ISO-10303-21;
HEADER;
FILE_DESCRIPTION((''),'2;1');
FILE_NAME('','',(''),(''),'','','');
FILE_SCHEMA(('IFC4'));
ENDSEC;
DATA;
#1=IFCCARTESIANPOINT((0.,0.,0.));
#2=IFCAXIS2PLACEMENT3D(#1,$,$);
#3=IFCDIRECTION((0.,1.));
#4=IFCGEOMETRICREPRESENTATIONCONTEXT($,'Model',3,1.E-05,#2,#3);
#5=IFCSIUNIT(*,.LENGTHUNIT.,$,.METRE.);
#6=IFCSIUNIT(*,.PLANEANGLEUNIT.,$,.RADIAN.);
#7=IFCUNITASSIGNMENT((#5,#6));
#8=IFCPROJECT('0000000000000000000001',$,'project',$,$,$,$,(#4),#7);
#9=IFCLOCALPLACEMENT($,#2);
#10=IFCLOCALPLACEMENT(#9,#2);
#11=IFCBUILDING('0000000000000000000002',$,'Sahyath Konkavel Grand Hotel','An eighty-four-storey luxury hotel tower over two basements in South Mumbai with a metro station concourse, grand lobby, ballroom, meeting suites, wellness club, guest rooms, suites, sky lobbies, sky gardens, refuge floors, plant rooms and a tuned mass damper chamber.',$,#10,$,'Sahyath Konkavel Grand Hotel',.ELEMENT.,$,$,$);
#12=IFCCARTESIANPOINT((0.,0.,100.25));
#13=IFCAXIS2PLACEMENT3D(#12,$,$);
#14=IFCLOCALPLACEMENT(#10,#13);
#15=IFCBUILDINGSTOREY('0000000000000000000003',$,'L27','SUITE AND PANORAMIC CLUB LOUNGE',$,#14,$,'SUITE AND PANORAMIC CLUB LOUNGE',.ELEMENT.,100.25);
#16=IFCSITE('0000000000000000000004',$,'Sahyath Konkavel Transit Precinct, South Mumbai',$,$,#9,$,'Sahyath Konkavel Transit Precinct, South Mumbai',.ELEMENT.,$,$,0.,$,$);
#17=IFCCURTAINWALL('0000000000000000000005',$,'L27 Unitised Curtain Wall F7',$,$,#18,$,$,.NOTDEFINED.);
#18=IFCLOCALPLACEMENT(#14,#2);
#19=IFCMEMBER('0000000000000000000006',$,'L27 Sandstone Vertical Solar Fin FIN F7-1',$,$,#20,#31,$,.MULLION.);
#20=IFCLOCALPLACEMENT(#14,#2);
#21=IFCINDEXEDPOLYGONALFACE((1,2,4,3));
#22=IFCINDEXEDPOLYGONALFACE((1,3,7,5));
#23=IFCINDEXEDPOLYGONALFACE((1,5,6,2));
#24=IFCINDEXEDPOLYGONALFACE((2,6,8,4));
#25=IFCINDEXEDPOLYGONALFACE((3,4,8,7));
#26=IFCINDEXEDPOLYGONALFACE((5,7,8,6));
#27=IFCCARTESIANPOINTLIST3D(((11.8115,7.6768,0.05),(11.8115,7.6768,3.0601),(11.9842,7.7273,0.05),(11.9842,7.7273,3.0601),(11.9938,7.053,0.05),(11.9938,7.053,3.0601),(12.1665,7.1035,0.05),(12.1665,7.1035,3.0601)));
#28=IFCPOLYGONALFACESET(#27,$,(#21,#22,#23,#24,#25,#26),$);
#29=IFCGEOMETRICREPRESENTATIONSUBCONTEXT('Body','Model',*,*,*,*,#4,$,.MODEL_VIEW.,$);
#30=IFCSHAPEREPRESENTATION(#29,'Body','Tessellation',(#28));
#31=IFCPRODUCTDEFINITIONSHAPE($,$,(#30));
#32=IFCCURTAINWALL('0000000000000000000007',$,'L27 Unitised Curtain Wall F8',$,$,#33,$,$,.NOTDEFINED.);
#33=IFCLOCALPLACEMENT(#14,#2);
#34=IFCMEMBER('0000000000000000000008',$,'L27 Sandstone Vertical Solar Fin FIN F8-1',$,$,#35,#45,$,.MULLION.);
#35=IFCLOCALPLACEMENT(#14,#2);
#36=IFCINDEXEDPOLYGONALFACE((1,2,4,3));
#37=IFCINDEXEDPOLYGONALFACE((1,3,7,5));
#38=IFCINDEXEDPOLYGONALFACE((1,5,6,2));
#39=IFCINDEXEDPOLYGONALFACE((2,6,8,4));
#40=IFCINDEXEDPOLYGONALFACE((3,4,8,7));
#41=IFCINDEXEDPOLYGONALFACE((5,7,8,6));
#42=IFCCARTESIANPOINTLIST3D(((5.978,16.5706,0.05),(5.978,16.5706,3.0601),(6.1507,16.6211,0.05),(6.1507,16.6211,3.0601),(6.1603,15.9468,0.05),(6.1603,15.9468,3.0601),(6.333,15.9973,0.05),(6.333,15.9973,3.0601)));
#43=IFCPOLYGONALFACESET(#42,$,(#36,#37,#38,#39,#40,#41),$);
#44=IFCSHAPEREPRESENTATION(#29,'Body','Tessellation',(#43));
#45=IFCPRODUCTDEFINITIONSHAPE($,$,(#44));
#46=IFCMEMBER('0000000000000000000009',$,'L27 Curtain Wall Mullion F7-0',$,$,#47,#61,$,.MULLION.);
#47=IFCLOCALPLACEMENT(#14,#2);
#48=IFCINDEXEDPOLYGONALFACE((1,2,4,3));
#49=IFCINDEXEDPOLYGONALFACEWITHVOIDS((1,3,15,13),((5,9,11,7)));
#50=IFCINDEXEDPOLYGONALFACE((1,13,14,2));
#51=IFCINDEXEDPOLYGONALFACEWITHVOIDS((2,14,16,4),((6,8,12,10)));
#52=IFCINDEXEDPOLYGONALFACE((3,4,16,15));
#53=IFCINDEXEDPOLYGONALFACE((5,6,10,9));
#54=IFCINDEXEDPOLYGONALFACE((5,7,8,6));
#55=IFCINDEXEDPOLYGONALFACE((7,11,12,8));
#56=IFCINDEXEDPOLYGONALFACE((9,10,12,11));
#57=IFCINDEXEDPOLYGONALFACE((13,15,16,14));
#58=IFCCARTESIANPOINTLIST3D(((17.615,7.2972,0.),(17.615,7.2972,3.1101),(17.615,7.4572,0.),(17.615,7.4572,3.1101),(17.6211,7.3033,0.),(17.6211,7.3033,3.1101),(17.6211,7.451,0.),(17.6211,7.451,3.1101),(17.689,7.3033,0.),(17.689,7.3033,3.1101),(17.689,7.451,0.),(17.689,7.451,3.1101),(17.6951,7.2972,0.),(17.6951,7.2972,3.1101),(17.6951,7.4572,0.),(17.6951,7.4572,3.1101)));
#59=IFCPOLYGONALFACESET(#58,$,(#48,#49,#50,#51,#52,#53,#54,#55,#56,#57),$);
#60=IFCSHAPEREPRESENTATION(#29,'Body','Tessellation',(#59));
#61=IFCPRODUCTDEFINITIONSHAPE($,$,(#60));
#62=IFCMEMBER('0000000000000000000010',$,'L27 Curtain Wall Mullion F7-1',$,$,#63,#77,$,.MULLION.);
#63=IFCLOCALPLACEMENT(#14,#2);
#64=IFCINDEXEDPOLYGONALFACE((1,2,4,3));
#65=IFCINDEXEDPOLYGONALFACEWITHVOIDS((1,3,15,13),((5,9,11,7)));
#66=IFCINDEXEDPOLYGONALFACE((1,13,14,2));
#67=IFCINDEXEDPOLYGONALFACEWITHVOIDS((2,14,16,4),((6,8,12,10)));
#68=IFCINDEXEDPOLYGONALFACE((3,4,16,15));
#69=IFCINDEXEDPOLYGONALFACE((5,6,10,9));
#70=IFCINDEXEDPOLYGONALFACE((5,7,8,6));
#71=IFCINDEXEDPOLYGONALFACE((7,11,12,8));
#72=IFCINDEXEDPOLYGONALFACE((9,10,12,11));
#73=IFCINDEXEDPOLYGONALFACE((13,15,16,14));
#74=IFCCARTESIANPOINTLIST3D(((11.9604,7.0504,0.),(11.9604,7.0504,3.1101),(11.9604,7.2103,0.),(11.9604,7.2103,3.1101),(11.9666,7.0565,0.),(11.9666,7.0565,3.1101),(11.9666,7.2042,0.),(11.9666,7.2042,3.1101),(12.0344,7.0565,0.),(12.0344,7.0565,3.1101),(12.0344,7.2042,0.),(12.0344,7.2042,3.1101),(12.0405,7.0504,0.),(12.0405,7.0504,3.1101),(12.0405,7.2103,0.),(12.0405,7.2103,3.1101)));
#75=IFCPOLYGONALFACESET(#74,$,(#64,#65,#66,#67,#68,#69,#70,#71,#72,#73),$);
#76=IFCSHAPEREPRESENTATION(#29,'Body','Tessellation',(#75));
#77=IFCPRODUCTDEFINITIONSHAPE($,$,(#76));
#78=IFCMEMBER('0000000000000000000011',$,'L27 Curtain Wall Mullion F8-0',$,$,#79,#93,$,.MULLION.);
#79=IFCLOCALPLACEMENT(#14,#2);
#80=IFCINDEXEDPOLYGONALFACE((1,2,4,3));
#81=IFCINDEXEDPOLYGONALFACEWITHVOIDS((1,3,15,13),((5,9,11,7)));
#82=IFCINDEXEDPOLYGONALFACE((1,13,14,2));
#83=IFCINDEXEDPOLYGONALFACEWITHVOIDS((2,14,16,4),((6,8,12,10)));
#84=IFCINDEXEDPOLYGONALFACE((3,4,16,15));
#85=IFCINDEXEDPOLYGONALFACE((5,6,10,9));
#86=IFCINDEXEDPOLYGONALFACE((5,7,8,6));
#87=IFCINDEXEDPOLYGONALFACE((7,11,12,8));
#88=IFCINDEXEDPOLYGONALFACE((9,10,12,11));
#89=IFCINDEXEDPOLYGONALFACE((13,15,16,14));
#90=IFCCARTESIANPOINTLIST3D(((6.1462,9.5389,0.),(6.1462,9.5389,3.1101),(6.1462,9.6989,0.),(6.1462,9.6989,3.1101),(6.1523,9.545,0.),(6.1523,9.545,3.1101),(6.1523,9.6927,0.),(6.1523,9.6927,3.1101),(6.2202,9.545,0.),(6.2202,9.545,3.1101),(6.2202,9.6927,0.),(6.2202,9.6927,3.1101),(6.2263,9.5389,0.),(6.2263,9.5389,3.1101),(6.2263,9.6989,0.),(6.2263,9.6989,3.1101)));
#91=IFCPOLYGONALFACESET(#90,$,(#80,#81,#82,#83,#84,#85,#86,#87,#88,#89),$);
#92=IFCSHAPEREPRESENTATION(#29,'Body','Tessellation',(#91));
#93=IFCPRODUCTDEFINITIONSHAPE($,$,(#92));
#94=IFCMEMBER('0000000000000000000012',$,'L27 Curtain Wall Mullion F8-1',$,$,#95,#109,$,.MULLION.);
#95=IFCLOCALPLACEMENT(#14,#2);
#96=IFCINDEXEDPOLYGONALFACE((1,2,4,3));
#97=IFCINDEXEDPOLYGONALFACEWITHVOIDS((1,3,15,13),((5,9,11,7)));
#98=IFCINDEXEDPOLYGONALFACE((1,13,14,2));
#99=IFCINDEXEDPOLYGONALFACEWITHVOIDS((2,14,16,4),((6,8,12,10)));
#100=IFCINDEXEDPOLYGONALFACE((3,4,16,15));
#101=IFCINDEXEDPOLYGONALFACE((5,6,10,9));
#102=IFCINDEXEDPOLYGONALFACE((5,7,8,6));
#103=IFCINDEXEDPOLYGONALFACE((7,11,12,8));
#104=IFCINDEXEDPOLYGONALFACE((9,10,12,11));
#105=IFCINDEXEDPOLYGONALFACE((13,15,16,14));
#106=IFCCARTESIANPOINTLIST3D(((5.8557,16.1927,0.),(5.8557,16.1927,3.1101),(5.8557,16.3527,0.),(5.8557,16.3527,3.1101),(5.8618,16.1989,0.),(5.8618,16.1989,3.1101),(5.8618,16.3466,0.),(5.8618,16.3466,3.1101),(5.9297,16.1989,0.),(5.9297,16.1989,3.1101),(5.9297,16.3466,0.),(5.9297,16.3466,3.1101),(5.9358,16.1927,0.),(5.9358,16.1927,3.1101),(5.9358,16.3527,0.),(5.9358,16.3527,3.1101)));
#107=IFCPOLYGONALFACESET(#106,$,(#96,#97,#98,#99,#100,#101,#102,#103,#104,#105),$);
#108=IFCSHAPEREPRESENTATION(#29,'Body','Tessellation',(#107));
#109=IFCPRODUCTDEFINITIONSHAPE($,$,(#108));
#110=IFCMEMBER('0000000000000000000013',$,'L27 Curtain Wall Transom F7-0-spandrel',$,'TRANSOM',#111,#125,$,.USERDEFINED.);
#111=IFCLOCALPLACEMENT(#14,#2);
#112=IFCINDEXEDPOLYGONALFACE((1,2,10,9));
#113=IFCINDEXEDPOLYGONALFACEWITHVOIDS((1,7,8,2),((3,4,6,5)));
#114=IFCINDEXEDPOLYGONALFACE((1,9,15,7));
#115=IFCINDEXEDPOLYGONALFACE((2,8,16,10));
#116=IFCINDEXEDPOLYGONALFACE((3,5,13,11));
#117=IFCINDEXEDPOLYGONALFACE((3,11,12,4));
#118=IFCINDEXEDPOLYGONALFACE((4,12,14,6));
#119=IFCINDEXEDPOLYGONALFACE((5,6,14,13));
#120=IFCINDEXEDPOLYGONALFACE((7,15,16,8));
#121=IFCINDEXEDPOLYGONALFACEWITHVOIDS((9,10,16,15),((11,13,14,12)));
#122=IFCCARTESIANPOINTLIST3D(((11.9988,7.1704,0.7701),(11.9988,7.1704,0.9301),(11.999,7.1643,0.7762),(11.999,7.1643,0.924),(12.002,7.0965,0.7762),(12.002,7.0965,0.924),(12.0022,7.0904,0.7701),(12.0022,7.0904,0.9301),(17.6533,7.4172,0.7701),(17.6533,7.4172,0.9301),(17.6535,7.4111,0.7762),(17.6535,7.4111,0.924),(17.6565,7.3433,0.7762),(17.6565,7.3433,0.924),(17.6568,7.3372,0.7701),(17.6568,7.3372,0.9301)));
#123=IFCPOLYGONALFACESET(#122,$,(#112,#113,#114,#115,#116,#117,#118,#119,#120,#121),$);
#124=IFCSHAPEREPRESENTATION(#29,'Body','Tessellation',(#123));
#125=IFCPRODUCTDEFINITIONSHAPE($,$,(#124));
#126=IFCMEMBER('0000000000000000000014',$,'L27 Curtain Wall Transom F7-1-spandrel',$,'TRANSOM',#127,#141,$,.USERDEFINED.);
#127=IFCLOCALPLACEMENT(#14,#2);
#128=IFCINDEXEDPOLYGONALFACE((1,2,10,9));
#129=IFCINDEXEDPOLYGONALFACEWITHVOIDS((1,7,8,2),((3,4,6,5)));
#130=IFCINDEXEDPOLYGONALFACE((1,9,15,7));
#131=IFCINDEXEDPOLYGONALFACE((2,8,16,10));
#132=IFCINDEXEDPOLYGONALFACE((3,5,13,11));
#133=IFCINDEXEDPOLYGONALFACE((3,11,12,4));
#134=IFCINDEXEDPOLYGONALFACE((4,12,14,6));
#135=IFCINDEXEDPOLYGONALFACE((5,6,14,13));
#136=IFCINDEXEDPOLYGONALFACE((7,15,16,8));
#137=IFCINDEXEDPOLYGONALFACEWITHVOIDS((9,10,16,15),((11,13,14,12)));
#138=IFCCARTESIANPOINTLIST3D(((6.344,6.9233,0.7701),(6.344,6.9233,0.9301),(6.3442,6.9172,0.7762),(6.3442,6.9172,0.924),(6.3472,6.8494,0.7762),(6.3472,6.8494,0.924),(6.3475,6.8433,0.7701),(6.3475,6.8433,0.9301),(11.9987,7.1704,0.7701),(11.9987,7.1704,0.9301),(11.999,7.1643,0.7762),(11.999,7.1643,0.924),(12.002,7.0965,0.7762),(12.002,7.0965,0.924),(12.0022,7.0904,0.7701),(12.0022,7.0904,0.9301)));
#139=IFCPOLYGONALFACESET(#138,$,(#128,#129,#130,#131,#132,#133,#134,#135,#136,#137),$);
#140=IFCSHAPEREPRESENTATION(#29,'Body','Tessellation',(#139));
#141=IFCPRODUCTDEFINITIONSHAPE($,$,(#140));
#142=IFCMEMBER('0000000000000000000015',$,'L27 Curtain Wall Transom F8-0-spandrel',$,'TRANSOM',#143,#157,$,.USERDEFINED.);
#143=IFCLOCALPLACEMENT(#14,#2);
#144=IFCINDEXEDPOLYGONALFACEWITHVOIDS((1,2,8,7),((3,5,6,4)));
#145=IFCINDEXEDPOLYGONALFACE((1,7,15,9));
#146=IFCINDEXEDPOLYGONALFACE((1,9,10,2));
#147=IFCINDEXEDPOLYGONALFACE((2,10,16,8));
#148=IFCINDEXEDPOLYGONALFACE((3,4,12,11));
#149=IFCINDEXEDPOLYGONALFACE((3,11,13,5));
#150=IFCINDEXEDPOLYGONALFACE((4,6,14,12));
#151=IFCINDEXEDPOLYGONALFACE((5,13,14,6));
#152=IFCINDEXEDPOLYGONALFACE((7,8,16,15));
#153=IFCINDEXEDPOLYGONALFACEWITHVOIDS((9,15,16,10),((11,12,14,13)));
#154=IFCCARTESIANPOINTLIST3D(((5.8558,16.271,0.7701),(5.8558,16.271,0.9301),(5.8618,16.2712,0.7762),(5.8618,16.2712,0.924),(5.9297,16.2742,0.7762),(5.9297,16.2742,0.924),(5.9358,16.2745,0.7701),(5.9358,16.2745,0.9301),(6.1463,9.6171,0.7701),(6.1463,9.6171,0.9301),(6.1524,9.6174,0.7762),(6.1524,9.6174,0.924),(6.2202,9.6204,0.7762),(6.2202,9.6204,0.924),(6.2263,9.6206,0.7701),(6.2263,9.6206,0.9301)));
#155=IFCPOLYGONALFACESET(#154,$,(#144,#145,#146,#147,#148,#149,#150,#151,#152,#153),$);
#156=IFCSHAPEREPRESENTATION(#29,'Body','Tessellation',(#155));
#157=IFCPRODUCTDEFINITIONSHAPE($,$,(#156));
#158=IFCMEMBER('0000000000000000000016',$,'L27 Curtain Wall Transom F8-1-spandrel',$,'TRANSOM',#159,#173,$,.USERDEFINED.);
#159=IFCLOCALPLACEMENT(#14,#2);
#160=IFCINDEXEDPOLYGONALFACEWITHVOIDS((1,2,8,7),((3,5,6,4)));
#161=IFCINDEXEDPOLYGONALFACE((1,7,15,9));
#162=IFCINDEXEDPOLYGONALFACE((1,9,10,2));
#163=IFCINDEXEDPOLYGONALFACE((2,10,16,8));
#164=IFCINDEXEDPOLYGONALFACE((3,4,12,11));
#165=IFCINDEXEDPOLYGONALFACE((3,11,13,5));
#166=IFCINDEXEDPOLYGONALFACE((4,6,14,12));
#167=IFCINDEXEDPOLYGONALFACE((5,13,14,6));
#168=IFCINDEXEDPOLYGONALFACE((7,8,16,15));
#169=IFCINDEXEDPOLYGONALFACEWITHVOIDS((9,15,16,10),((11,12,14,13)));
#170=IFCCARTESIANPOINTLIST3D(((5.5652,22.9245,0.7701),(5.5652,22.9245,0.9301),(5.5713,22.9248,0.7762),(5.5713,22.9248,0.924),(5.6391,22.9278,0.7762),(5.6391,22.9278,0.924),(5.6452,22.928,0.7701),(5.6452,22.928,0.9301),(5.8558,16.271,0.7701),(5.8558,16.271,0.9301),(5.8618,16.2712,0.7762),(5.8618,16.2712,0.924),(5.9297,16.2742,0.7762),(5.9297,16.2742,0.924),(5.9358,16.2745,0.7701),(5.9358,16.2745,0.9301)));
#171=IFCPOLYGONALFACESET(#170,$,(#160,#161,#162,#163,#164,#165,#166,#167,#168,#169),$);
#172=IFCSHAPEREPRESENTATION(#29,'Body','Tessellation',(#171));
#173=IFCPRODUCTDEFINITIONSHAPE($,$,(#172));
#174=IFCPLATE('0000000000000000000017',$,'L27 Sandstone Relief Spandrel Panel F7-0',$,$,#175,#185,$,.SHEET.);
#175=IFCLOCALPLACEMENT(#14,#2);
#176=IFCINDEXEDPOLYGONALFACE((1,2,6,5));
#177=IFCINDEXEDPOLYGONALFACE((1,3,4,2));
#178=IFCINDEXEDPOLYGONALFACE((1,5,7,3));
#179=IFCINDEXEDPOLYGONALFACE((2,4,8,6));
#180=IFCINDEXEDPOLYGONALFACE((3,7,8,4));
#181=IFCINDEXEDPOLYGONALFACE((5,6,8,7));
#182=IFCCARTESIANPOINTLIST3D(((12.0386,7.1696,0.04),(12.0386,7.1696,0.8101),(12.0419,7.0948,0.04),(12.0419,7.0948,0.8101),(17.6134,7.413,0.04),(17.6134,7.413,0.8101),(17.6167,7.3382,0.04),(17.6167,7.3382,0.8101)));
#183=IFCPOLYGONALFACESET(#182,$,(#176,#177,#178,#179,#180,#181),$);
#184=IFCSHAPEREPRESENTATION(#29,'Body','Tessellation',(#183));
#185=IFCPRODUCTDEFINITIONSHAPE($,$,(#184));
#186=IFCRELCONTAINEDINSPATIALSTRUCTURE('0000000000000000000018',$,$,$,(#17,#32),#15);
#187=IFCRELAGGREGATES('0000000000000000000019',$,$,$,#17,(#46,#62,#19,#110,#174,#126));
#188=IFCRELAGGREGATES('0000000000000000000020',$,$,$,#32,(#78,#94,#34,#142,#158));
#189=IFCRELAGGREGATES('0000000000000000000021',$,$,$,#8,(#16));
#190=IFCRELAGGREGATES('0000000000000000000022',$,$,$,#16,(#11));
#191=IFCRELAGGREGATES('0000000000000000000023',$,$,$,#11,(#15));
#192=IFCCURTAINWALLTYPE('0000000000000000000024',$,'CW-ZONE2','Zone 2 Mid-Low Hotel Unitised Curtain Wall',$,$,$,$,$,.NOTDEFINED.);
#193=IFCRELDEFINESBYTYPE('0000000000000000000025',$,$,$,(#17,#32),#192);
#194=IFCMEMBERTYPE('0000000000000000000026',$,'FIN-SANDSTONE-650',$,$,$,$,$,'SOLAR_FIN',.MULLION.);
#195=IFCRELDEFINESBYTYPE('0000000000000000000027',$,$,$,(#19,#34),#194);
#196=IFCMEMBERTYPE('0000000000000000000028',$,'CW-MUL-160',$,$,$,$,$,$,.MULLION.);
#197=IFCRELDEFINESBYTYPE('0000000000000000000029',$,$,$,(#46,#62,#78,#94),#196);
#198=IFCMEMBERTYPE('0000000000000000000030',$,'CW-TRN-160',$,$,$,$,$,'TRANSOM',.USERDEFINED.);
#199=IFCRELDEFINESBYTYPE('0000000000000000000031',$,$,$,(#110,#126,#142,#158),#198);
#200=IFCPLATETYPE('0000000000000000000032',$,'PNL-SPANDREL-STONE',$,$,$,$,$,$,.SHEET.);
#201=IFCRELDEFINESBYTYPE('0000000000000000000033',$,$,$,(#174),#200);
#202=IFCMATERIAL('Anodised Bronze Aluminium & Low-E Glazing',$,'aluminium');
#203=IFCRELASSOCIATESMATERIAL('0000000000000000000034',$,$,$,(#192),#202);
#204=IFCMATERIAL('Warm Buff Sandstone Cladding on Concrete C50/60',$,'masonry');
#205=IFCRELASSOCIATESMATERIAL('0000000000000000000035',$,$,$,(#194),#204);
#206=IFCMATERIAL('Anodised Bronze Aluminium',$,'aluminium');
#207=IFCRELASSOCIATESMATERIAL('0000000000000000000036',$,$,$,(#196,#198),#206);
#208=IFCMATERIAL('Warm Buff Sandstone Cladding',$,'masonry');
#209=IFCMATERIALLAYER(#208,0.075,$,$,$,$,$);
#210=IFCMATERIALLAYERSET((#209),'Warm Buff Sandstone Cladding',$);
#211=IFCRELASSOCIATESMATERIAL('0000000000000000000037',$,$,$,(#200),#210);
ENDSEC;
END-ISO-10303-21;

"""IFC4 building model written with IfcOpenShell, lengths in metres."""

from ifc_helpers import new_model, si_unit, direction, frame, origin, origin_2d, place, context, subcontext, project, spatial, rectangle, hollow_rectangle, extrude, source, transform, mapped, material, layer, layer_set, material_profile, profile_set, type_object, element, aggregate, save


model = new_model("IFC4")

# Units and contexts
model_context = context("Model", 3, precision=1e-05, world=origin(), true_north=direction((0.0, 1.0)))
body_context = subcontext(model_context, "Body", "Model", "MODEL_VIEW")
ifc_project = project(units=[si_unit("LENGTHUNIT", "METRE"), si_unit("PLANEANGLEUNIT", "RADIAN")], contexts=[model_context])

# Site, building, storey
site_placement = place(None, origin())
site = spatial("IfcSite", under=ifc_project, at=site_placement, Name="Sahyath Konkavel Transit Precinct, South Mumbai", LongName="Sahyath Konkavel Transit Precinct, South Mumbai", CompositionType="ELEMENT", RefElevation=0.0)
building_placement = place(site_placement, origin())
building = spatial("IfcBuilding", under=site, at=building_placement, Name="Sahyath Konkavel Grand Hotel", Description="An eighty-four-storey luxury hotel tower over two basements in South Mumbai with a metro station concourse, grand lobby, ballroom, meeting suites, wellness club, guest rooms, suites, sky lobbies, sky gardens, refuge floors, plant rooms and a tuned mass damper chamber.", LongName="Sahyath Konkavel Grand Hotel", CompositionType="ELEMENT")
storey_placement = place(building_placement, frame((0.0, 0.0, 100.25)))
storey = spatial("IfcBuildingStorey", under=building, at=storey_placement, Name="L27", Description="SUITE AND PANORAMIC CLUB LOUNGE", LongName="SUITE AND PANORAMIC CLUB LOUNGE", CompositionType="ELEMENT", Elevation=100.25)

# Curtain walls, members
ifc_material_1 = material(Name="Anodised Bronze Aluminium & Low-E Glazing", Category="aluminium")
curtain_wall_type = type_object("IfcCurtainWallType", Name="CW-ZONE2", Description="Zone 2 Mid-Low Hotel Unitised Curtain Wall", PredefinedType="NOTDEFINED", material=ifc_material_1)
curtain_wall_1_placement = place(storey_placement, origin())
curtain_wall_1 = element("IfcCurtainWall", 1, at=curtain_wall_1_placement, inside=storey, type_object=curtain_wall_type, Name="L27 Unitised Curtain Wall F7", PredefinedType="NOTDEFINED")
ifc_material_2 = material(Name="Warm Buff Sandstone Cladding on Concrete C50/60", Category="masonry")
ifc_material_profile_1 = material_profile(ifc_material_2, rectangle(XDim=0.1799, YDim=0.6499, at=origin_2d()), Name="FIN 180x650")
ifc_profile_set_1 = profile_set([ifc_material_profile_1], Name="Warm Buff Sandstone Cladding on Concrete C50/60")
member_type_1 = type_object("IfcMemberType", Name="FIN-SANDSTONE-650", ElementType="SOLAR_FIN", PredefinedType="MULLION", material=ifc_profile_set_1)
shared_shape_1 = source(origin(), body_context, "Body", "SweptSolid", [
    extrude(rectangle(XDim=0.1799, YDim=0.6499, at=origin_2d()), origin(), (0.0, 0.0, 1.0), 3.01),
])
member_1_placement = place(storey_placement, frame((11.989, 7.3901, 0.05), z_axis=(0.0, 0.0, 1.0), x_axis=(0.959854, 0.280499, 0.0)))
member_1 = element("IfcMember", 2, at=member_1_placement, type_object=member_type_1, Name="L27 Sandstone Vertical Solar Fin FIN F7-1", PredefinedType="MULLION", context=body_context, shape_type="MappedRepresentation", body=[
    mapped(shared_shape_1, transform((0.0, 0.0, 0.0), scale=1.0)),
])
curtain_wall_2_placement = place(storey_placement, origin())
curtain_wall_2 = element("IfcCurtainWall", 3, at=curtain_wall_2_placement, inside=storey, type_object=curtain_wall_type, Name="L27 Unitised Curtain Wall F8", PredefinedType="NOTDEFINED")
member_2_placement = place(storey_placement, frame((6.1555, 16.2839, 0.05), z_axis=(0.0, 0.0, 1.0), x_axis=(0.959854, 0.280499, 0.0)))
member_2 = element("IfcMember", 4, at=member_2_placement, type_object=member_type_1, Name="L27 Sandstone Vertical Solar Fin FIN F8-1", PredefinedType="MULLION", context=body_context, shape_type="MappedRepresentation", body=[
    mapped(shared_shape_1, transform((0.0, 0.0, 0.0), scale=1.0)),
])

# Members
ifc_material_3 = material(Name="Anodised Bronze Aluminium", Category="aluminium")
ifc_material_profile_2 = material_profile(ifc_material_3, hollow_rectangle(XDim=0.0801, YDim=0.1599, WallThickness=0.0061, at=origin_2d()), Name="RHS 160x80x6")
ifc_profile_set_2 = profile_set([ifc_material_profile_2], Name="Anodised Bronze Aluminium")
member_type_2 = type_object("IfcMemberType", Name="CW-MUL-160", PredefinedType="MULLION", material=ifc_profile_set_2)
shared_shape_2 = source(origin(), body_context, "Body", "SweptSolid", [
    extrude(hollow_rectangle(XDim=0.0801, YDim=0.1599, WallThickness=0.0061, at=origin_2d()), origin(), (0.0, 0.0, 1.0), 3.1101),
])
member_3_placement = place(storey_placement, frame((17.655, 7.3772, 0.0), z_axis=(0.0, 0.0, 1.0), x_axis=(1.0, 0.0, 0.0)))
member_3 = element("IfcMember", 5, at=member_3_placement, type_object=member_type_2, Name="L27 Curtain Wall Mullion F7-0", PredefinedType="MULLION", context=body_context, shape_type="MappedRepresentation", body=[
    mapped(shared_shape_2, transform((0.0, 0.0, 0.0), scale=1.0)),
])
member_4_placement = place(storey_placement, frame((12.0005, 7.1304, 0.0), z_axis=(0.0, 0.0, 1.0), x_axis=(1.0, 0.0, 0.0)))
member_4 = element("IfcMember", 6, at=member_4_placement, type_object=member_type_2, Name="L27 Curtain Wall Mullion F7-1", PredefinedType="MULLION", context=body_context, shape_type="MappedRepresentation", body=[
    mapped(shared_shape_2, transform((0.0, 0.0, 0.0), scale=1.0)),
])
member_5_placement = place(storey_placement, frame((6.1863, 9.6189, 0.0), z_axis=(0.0, 0.0, 1.0), x_axis=(1.0, 0.0, 0.0)))
member_5 = element("IfcMember", 7, at=member_5_placement, type_object=member_type_2, Name="L27 Curtain Wall Mullion F8-0", PredefinedType="MULLION", context=body_context, shape_type="MappedRepresentation", body=[
    mapped(shared_shape_2, transform((0.0, 0.0, 0.0), scale=1.0)),
])
member_6_placement = place(storey_placement, frame((5.8958, 16.2727, 0.0), z_axis=(0.0, 0.0, 1.0), x_axis=(1.0, 0.0, 0.0)))
member_6 = element("IfcMember", 8, at=member_6_placement, type_object=member_type_2, Name="L27 Curtain Wall Mullion F8-1", PredefinedType="MULLION", context=body_context, shape_type="MappedRepresentation", body=[
    mapped(shared_shape_2, transform((0.0, 0.0, 0.0), scale=1.0)),
])
ifc_material_profile_3 = material_profile(ifc_material_3, hollow_rectangle(XDim=0.0801, YDim=0.1599, WallThickness=0.0061, at=origin_2d()), Name="RHS 160x80x6")
ifc_profile_set_3 = profile_set([ifc_material_profile_3], Name="Anodised Bronze Aluminium")
member_type_3 = type_object("IfcMemberType", Name="CW-TRN-160", ElementType="TRANSOM", PredefinedType="USERDEFINED", material=ifc_profile_set_3)
shared_shape_3 = source(origin(), body_context, "Body", "SweptSolid", [
    extrude(hollow_rectangle(XDim=0.0801, YDim=0.1599, WallThickness=0.0061, at=origin_2d()), origin(), (0.0, 0.0, 1.0), 5.6599),
])
member_7_placement = place(storey_placement, frame((17.655, 7.3772, 0.8501), z_axis=(-0.999049, -0.043609, 0.0), x_axis=(0.043609, -0.999049, 0.0)))
member_7 = element("IfcMember", 9, at=member_7_placement, type_object=member_type_3, Name="L27 Curtain Wall Transom F7-0-spandrel", ObjectType="TRANSOM", PredefinedType="USERDEFINED", context=body_context, shape_type="MappedRepresentation", body=[
    mapped(shared_shape_3, transform((0.0, 0.0, 0.0), scale=1.0)),
])
shared_shape_4 = source(origin(), body_context, "Body", "SweptSolid", [
    extrude(hollow_rectangle(XDim=0.0801, YDim=0.1599, WallThickness=0.0061, at=origin_2d()), origin(), (0.0, 0.0, 1.0), 5.6602),
])
member_8_placement = place(storey_placement, frame((12.0005, 7.1304, 0.8501), z_axis=(-0.999047, -0.043651, 0.0), x_axis=(0.043651, -0.999047, 0.0)))
member_8 = element("IfcMember", 10, at=member_8_placement, type_object=member_type_3, Name="L27 Curtain Wall Transom F7-1-spandrel", ObjectType="TRANSOM", PredefinedType="USERDEFINED", context=body_context, shape_type="MappedRepresentation", body=[
    mapped(shared_shape_4, transform((0.0, 0.0, 0.0), scale=1.0)),
])
shared_shape_5 = source(origin(), body_context, "Body", "SweptSolid", [
    extrude(hollow_rectangle(XDim=0.0801, YDim=0.1599, WallThickness=0.0061, at=origin_2d()), origin(), (0.0, 0.0, 1.0), 6.6602),
])
member_9_placement = place(storey_placement, frame((6.1863, 9.6189, 0.8501), z_axis=(-0.043622, 0.999048, 0.0), x_axis=(-0.999048, -0.043622, 0.0)))
member_9 = element("IfcMember", 11, at=member_9_placement, type_object=member_type_3, Name="L27 Curtain Wall Transom F8-0-spandrel", ObjectType="TRANSOM", PredefinedType="USERDEFINED", context=body_context, shape_type="MappedRepresentation", body=[
    mapped(shared_shape_5, transform((0.0, 0.0, 0.0), scale=1.0)),
])
shared_shape_6 = source(origin(), body_context, "Body", "SweptSolid", [
    extrude(hollow_rectangle(XDim=0.0801, YDim=0.1599, WallThickness=0.0061, at=origin_2d()), origin(), (0.0, 0.0, 1.0), 6.6599),
])
member_10_placement = place(storey_placement, frame((5.8958, 16.2727, 0.8501), z_axis=(-0.043623, 0.999048, 0.0), x_axis=(-0.999048, -0.043623, 0.0)))
member_10 = element("IfcMember", 12, at=member_10_placement, type_object=member_type_3, Name="L27 Curtain Wall Transom F8-1-spandrel", ObjectType="TRANSOM", PredefinedType="USERDEFINED", context=body_context, shape_type="MappedRepresentation", body=[
    mapped(shared_shape_6, transform((0.0, 0.0, 0.0), scale=1.0)),
])

# Plate
ifc_material_4 = material(Name="Warm Buff Sandstone Cladding", Category="masonry")
ifc_layer_1 = layer(ifc_material_4, 0.075)
ifc_layer_set_1 = layer_set([ifc_layer_1], Name="Warm Buff Sandstone Cladding")
plate_type_1 = type_object("IfcPlateType", Name="PNL-SPANDREL-STONE", PredefinedType="SHEET", material=ifc_layer_set_1)
shared_shape_7 = source(origin(), body_context, "Body", "SweptSolid", [
    extrude(rectangle(XDim=5.5801, YDim=0.075, at=origin_2d()), origin(), (0.0, 0.0, 1.0), 0.77),
])
plate_1_placement = place(storey_placement, frame((14.8276, 7.2539, 0.04), z_axis=(0.0, 0.0, 1.0), x_axis=(-0.999048, -0.043619, 0.0)))
plate_1 = element("IfcPlate", 13, at=plate_1_placement, type_object=plate_type_1, Name="L27 Sandstone Relief Spandrel Panel F7-0", PredefinedType="SHEET", context=body_context, shape_type="MappedRepresentation", body=[
    mapped(shared_shape_7, transform((0.0, 0.0, 0.0), scale=1.0)),
])
aggregate(curtain_wall_1, [member_3, member_4, member_1, member_7, plate_1, member_8])
aggregate(curtain_wall_2, [member_5, member_6, member_2, member_9, member_10])

save(model, "model.ifc")
